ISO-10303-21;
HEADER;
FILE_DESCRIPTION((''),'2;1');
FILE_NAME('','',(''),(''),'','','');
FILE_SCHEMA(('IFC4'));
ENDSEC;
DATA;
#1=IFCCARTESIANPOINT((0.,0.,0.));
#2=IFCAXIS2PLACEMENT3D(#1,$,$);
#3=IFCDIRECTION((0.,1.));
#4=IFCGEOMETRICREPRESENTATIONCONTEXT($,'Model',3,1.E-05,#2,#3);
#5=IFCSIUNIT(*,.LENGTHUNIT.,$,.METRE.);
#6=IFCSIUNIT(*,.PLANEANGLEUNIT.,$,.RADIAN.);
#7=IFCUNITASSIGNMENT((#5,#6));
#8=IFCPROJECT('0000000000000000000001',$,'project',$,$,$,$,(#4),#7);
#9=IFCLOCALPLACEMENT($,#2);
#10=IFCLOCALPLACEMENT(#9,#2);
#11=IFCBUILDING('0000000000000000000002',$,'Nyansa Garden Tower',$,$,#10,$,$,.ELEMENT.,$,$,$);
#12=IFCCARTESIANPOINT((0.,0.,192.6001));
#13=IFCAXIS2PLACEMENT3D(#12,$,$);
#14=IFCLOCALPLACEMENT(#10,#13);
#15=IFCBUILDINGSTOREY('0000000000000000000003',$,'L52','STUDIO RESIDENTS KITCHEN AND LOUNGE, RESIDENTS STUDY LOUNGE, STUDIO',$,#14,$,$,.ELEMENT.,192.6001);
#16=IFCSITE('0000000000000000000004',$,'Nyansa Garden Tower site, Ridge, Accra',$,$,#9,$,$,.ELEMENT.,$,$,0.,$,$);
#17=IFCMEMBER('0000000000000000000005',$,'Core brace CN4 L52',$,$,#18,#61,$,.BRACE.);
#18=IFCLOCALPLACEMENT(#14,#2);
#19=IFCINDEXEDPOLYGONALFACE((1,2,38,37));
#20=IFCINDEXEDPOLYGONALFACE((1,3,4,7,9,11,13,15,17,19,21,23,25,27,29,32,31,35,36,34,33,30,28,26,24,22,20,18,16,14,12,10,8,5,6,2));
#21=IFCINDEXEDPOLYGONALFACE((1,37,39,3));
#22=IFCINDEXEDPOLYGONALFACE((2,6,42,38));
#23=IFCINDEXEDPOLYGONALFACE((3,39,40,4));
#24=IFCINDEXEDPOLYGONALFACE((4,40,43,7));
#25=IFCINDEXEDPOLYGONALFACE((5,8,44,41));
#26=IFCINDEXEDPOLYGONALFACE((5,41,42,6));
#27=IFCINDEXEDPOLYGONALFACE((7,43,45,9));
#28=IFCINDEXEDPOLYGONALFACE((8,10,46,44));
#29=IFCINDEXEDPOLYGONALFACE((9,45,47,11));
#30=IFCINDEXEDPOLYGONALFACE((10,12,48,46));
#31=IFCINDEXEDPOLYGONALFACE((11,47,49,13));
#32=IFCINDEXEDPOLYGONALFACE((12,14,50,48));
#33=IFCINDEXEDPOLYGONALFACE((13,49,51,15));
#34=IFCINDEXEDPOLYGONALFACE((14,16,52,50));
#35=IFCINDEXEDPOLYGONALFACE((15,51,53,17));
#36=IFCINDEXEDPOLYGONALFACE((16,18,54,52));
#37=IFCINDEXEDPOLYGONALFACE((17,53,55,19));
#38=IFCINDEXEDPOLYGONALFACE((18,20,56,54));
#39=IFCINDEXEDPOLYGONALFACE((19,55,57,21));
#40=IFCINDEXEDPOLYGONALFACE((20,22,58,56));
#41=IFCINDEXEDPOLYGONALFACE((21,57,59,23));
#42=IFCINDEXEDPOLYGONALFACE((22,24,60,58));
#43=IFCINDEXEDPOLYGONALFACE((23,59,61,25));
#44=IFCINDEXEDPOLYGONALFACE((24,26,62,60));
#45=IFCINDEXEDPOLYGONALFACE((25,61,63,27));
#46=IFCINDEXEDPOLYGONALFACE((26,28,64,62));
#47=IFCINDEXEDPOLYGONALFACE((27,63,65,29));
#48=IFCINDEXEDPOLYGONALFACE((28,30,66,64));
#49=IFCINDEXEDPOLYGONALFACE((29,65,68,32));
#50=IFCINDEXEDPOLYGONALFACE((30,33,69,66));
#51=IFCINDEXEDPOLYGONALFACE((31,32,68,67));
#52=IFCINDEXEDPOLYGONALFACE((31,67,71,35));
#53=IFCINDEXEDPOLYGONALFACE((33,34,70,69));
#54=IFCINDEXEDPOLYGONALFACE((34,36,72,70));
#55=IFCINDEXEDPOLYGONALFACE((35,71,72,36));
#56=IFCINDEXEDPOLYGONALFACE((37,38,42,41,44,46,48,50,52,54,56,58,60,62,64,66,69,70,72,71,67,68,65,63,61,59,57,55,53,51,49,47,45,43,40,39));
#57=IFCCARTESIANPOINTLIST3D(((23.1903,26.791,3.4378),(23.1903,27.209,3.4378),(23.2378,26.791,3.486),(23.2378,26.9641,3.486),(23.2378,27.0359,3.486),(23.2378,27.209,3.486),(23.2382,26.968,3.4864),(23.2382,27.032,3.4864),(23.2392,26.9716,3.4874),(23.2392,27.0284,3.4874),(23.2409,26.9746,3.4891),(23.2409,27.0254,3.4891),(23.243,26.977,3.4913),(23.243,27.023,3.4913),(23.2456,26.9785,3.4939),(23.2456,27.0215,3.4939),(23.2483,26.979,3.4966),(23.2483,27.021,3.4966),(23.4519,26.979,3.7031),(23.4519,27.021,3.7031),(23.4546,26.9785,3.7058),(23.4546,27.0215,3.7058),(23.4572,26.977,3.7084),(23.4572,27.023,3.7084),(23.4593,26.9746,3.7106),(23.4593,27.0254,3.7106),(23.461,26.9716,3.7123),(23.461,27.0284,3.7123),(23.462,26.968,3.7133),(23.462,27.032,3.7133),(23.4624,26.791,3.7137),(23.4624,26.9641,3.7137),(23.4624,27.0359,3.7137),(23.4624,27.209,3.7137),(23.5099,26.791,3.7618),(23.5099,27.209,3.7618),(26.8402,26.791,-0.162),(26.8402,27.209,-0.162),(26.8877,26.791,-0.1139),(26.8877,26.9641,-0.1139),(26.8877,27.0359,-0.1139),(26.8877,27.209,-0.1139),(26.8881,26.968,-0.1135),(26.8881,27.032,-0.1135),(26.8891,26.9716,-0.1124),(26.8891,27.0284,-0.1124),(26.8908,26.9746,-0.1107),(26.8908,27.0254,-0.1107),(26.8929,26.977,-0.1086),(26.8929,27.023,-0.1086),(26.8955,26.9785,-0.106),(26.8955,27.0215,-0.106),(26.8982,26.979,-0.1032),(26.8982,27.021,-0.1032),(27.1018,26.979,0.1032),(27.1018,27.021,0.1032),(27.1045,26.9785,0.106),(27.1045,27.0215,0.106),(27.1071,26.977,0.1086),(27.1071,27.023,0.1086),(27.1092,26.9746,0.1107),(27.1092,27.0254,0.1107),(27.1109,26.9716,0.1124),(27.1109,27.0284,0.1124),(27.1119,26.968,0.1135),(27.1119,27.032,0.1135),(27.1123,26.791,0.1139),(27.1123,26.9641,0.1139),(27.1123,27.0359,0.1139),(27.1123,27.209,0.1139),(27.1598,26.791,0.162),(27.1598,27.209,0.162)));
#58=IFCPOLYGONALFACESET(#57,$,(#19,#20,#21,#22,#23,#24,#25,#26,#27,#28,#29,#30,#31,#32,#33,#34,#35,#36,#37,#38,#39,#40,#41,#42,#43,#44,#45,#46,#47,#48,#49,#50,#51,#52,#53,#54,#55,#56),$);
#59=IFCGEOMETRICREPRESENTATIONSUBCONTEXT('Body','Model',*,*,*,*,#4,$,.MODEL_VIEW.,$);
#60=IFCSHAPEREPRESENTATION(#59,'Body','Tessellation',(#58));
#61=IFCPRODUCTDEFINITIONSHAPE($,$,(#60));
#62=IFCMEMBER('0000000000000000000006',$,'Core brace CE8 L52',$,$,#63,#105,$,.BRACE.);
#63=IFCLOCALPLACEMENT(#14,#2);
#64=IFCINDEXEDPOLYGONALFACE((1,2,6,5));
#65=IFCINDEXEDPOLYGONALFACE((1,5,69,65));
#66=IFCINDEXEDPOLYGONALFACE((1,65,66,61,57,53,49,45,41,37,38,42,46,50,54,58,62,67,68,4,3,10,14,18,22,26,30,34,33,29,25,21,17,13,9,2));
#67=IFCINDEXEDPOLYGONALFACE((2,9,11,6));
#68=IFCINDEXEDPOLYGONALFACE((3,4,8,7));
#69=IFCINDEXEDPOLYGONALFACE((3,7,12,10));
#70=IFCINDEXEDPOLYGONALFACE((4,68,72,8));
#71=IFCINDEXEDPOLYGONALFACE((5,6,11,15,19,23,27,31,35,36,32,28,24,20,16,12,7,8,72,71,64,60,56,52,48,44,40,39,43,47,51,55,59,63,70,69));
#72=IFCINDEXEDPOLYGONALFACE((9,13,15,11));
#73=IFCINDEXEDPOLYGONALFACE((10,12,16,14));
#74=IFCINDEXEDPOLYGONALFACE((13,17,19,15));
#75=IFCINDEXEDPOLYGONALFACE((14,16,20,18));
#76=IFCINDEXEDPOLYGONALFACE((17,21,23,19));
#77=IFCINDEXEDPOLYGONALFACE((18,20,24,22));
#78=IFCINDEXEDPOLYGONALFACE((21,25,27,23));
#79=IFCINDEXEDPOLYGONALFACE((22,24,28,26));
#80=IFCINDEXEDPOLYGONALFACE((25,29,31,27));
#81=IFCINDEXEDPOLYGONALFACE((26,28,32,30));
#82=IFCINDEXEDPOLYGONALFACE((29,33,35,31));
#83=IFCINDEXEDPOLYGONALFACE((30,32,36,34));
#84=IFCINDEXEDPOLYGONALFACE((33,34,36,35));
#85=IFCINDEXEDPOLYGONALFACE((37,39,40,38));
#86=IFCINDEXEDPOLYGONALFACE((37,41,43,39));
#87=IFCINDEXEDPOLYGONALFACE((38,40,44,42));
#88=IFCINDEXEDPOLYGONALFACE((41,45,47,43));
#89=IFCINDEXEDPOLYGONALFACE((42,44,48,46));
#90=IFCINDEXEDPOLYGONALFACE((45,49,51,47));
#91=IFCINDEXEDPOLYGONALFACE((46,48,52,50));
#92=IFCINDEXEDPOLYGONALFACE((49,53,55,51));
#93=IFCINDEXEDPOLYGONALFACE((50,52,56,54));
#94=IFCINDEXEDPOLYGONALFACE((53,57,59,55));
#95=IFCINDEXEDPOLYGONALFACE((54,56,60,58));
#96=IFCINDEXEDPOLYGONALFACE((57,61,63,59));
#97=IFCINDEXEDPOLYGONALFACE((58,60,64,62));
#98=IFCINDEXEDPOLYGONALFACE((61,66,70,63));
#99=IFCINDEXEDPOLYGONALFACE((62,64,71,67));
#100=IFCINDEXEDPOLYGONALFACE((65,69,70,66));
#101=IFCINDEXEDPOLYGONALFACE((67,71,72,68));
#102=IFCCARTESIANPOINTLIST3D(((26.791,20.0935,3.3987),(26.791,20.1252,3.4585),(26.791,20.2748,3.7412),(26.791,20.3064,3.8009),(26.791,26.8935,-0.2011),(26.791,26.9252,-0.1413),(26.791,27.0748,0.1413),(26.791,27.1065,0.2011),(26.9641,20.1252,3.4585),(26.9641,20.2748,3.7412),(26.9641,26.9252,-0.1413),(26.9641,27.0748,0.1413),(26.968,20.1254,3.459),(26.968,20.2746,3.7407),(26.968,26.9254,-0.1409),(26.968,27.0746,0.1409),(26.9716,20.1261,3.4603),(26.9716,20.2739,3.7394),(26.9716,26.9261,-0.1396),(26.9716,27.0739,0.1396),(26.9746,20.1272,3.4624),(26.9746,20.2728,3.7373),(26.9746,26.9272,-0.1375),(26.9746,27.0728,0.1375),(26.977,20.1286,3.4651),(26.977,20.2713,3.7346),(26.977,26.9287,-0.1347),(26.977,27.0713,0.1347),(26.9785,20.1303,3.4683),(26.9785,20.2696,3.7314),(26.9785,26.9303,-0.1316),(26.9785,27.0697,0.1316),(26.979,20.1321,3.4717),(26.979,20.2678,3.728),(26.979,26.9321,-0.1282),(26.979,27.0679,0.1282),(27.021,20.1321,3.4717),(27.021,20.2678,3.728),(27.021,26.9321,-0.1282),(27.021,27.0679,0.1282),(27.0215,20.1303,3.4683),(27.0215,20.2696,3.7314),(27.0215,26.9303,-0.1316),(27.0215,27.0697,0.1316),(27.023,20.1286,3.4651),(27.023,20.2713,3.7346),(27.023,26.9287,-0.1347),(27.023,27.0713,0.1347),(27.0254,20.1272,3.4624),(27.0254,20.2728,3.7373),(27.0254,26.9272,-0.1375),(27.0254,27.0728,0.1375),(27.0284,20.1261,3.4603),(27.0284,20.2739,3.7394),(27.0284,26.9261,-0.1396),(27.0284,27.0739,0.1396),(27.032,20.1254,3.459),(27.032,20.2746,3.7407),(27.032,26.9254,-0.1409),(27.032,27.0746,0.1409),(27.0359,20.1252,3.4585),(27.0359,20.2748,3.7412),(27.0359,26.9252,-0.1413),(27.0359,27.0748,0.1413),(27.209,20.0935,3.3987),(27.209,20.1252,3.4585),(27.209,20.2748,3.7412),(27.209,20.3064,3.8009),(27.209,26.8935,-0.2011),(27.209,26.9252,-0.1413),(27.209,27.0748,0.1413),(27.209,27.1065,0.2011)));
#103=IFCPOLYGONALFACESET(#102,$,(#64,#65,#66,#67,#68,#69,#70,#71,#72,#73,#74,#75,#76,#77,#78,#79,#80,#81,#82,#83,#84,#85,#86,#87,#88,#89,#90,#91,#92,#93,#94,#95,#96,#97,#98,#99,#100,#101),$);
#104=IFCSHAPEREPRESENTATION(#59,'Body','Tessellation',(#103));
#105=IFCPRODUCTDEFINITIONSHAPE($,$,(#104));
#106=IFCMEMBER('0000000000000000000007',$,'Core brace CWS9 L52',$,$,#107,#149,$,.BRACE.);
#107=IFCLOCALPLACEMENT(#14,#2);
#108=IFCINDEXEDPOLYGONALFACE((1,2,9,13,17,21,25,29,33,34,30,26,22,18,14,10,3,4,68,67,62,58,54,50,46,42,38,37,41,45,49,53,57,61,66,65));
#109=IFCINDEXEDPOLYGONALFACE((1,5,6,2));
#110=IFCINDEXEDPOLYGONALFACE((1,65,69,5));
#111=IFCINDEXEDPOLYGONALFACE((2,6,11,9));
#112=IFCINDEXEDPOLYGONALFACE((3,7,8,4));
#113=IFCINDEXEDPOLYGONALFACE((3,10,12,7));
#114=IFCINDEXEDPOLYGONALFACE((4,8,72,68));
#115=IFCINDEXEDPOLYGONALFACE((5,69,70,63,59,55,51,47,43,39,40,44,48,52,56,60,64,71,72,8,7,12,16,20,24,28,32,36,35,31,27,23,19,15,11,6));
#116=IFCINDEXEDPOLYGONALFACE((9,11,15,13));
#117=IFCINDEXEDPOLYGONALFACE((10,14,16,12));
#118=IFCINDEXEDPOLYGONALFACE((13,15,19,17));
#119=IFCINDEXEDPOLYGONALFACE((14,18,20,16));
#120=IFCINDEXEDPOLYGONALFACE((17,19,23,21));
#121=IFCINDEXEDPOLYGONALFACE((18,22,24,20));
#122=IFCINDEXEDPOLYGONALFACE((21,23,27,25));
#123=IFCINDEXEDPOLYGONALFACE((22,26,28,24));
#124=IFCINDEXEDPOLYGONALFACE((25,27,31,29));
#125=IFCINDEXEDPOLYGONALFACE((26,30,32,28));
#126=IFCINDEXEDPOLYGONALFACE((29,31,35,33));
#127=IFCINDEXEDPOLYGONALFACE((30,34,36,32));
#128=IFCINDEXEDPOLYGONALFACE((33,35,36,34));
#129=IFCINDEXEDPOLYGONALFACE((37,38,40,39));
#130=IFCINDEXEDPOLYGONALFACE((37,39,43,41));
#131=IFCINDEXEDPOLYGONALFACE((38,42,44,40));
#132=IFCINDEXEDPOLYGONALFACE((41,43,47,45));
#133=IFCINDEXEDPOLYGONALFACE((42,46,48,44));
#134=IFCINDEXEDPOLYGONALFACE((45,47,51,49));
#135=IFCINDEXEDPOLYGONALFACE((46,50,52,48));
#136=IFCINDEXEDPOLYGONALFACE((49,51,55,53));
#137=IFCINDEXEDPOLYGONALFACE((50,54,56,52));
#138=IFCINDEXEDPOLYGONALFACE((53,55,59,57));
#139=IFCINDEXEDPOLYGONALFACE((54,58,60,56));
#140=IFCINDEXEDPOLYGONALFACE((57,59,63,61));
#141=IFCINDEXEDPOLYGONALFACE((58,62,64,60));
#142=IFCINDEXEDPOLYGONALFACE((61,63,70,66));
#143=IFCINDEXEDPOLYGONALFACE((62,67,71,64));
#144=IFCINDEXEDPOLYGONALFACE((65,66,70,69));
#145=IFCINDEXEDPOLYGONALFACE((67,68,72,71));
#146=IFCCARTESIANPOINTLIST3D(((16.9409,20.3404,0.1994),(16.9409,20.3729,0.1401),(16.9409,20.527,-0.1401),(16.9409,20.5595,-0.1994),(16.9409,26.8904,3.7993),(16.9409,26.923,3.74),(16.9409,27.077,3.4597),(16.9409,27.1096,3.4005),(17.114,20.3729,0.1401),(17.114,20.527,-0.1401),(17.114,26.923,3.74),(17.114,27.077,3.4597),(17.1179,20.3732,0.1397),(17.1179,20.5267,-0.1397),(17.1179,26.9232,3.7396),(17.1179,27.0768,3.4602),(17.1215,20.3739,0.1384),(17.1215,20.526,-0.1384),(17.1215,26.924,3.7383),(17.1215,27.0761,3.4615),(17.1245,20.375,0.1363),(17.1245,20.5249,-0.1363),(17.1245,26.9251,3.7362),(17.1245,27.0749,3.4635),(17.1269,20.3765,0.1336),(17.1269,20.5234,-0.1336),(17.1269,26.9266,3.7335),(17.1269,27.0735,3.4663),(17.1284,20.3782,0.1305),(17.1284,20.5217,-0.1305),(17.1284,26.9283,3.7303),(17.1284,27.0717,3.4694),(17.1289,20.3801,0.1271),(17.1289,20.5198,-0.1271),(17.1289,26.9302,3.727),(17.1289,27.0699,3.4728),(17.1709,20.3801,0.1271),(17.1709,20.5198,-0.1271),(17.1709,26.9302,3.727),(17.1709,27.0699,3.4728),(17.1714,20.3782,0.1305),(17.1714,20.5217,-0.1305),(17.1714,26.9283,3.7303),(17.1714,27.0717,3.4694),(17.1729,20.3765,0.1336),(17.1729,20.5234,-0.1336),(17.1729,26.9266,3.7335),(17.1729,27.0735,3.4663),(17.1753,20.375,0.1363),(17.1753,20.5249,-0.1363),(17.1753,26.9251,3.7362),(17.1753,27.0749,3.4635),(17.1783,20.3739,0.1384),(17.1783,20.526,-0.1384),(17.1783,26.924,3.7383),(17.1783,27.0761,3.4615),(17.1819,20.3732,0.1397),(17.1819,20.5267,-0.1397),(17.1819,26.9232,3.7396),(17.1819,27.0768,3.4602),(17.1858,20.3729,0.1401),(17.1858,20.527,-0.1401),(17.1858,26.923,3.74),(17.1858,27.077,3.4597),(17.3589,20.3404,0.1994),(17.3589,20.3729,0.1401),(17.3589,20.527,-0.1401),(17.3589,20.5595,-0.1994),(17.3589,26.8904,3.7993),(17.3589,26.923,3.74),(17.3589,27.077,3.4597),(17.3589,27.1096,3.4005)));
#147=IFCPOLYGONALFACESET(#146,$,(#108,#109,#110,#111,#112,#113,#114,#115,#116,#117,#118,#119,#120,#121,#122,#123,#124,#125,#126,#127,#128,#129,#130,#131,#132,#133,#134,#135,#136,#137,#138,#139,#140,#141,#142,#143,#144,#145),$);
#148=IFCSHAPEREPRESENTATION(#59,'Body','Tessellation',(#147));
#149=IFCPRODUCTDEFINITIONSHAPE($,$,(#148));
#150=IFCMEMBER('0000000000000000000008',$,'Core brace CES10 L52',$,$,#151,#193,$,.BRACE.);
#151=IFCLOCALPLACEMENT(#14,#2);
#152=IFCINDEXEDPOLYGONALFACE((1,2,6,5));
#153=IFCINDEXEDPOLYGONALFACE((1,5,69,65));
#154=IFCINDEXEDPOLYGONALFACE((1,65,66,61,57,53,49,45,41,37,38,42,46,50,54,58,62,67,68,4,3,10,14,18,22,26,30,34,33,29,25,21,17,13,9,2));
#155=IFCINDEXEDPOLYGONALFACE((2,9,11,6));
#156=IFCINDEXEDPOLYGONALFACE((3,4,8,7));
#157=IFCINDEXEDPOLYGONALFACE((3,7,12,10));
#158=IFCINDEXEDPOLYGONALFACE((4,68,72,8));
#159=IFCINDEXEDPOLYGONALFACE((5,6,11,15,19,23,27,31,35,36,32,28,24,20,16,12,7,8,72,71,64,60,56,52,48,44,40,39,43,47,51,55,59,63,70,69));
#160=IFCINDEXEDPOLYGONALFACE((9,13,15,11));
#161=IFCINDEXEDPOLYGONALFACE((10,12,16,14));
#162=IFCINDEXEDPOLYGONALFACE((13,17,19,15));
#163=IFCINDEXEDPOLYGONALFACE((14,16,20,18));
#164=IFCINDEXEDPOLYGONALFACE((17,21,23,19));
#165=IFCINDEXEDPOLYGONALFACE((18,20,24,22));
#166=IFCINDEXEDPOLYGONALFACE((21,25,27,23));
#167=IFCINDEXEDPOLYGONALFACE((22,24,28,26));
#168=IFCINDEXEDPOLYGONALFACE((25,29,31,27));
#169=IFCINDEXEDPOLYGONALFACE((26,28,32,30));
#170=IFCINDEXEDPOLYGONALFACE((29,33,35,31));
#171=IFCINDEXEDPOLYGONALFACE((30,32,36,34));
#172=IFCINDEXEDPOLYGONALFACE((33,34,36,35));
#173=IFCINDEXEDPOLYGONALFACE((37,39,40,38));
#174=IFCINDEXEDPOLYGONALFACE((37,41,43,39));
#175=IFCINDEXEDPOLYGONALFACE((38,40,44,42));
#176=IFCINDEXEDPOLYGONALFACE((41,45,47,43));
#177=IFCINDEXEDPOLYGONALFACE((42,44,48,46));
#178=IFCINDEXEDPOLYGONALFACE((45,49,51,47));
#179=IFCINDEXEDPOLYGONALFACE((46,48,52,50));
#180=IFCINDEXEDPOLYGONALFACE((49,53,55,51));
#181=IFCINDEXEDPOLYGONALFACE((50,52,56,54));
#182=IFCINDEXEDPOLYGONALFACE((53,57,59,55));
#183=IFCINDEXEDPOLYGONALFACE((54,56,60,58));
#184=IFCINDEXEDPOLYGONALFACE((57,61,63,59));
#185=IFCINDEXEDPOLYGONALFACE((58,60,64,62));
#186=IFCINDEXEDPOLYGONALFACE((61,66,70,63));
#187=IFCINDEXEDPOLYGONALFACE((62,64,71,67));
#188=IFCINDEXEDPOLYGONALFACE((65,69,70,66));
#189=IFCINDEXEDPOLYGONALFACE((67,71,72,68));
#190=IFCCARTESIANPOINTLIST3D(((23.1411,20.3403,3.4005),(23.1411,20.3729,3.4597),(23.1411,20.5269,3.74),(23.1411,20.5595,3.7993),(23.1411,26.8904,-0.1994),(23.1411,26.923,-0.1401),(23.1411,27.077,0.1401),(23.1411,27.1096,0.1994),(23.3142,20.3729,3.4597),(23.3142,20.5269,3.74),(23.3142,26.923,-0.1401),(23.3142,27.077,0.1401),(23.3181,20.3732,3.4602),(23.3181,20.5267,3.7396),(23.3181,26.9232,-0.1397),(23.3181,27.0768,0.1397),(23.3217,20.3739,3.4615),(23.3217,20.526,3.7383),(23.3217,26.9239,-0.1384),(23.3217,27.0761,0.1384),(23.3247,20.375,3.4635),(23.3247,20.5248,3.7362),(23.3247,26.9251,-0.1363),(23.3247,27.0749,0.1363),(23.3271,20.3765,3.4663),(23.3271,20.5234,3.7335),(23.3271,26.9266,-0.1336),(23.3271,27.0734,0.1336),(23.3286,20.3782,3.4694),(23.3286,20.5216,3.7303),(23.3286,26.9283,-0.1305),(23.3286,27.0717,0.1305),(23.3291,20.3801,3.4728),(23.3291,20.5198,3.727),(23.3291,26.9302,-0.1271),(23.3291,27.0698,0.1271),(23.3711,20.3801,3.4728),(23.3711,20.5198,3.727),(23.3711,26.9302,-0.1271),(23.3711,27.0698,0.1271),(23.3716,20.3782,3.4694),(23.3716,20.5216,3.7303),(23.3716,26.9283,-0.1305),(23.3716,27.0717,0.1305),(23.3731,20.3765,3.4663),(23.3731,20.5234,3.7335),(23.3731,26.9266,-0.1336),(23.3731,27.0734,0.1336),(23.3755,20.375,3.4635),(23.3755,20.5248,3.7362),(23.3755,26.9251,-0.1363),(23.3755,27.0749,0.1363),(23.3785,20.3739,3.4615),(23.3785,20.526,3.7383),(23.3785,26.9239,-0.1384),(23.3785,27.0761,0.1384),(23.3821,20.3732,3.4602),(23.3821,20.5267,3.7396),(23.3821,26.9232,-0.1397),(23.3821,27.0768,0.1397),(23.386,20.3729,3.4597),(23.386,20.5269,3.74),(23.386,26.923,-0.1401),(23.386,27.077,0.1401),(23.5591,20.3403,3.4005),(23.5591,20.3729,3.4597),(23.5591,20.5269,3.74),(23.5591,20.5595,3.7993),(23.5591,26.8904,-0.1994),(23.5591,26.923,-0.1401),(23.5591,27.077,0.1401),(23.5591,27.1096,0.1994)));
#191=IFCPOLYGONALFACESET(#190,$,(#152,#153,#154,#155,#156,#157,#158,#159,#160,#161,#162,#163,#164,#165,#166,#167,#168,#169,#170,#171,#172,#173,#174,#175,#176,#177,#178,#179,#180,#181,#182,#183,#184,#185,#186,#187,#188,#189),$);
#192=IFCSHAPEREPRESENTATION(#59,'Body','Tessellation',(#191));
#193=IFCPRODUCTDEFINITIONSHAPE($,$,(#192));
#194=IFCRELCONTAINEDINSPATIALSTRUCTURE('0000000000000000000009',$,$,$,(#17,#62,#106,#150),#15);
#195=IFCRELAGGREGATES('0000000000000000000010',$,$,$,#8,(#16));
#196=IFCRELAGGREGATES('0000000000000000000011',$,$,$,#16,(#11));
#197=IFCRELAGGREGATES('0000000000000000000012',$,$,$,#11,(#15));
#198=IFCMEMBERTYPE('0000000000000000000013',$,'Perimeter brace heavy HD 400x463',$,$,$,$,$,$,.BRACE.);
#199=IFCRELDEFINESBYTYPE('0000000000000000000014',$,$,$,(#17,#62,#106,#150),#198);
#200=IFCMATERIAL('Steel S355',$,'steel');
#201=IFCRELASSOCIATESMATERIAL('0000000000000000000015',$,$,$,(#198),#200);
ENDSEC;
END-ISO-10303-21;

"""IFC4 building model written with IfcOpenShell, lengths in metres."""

from ifc_helpers import new_model, si_unit, direction, frame, origin, origin_2d, place, context, subcontext, project, spatial, i_section, extrude, material, material_profile, profile_set, type_object, element, save


model = new_model("IFC4")

# Units and contexts
model_context = context("Model", 3, precision=1e-05, world=origin(), true_north=direction((0.0, 1.0)))
body_context = subcontext(model_context, "Body", "Model", "MODEL_VIEW")
ifc_project = project(units=[si_unit("LENGTHUNIT", "METRE"), si_unit("PLANEANGLEUNIT", "RADIAN")], contexts=[model_context])

# Site, building, storey
site_placement = place(None, origin())
site = spatial("IfcSite", under=ifc_project, at=site_placement, Name="Nyansa Garden Tower site, Ridge, Accra", CompositionType="ELEMENT", RefElevation=0.0)
building_placement = place(site_placement, origin())
building = spatial("IfcBuilding", under=site, at=building_placement, Name="Nyansa Garden Tower", CompositionType="ELEMENT")
storey_placement = place(building_placement, frame((0.0, 0.0, 192.6001)))
storey = spatial("IfcBuildingStorey", under=building, at=storey_placement, Name="L52", Description="STUDIO RESIDENTS KITCHEN AND LOUNGE, RESIDENTS STUDY LOUNGE, STUDIO", CompositionType="ELEMENT", Elevation=192.6001)

# Members
ifc_material_1 = material(Name="Steel S355", Category="steel")
ifc_material_profile = material_profile(ifc_material_1, i_section(OverallWidth=0.418, OverallDepth=0.4551, WebThickness=0.042, FlangeThickness=0.0676, FilletRadius=0.0149, at=origin_2d()), Name="HD 400x463")
ifc_profile_set = profile_set([ifc_material_profile], Name="Steel S355")
member_type = type_object("IfcMemberType", Name="Perimeter brace heavy HD 400x463", PredefinedType="BRACE", material=ifc_profile_set)
member_1_placement = place(storey_placement, frame((27.0, 27.0, 0.0), z_axis=(-0.711971, 0.0, 0.702209), x_axis=(0.0, -1.0, 0.0)))
element("IfcMember", 1, at=member_1_placement, inside=storey, type_object=member_type, Name="Core brace CN4 L52", PredefinedType="BRACE", context=body_context, shape_type="SweptSolid", body=[
    extrude(i_section(OverallWidth=0.418, OverallDepth=0.4551, WebThickness=0.042, FlangeThickness=0.0676, FilletRadius=0.0149, at=origin_2d()), origin(), (0.0, 0.0, 1.0), 5.1265),
])
member_2_placement = place(storey_placement, frame((27.0, 27.0, 0.0), z_axis=(0.0, -0.883797, 0.46787), x_axis=(1.0, 0.0, 0.0)))
element("IfcMember", 2, at=member_2_placement, inside=storey, type_object=member_type, Name="Core brace CE8 L52", PredefinedType="BRACE", context=body_context, shape_type="SweptSolid", body=[
    extrude(i_section(OverallWidth=0.418, OverallDepth=0.4551, WebThickness=0.042, FlangeThickness=0.0676, FilletRadius=0.0149, at=origin_2d()), origin(), (0.0, 0.0, 1.0), 7.6941),
])
for number, where, z_axis, x_axis, name in (
    (3, (17.1499, 20.45, 0.0), (0.0, 0.876367, 0.481644), (-1.0, 0.0, 0.0), "Core brace CWS9 L52"),
    (4, (23.3501, 27.0, 0.0), (0.0, -0.876367, 0.481644), (1.0, 0.0, 0.0), "Core brace CES10 L52"),
):
    element("IfcMember", number, at=place(storey_placement, frame(where, z_axis=z_axis, x_axis=x_axis)), inside=storey, type_object=member_type, Name=name, PredefinedType="BRACE", context=body_context, shape_type="SweptSolid", body=[
        extrude(i_section(OverallWidth=0.418, OverallDepth=0.4551, WebThickness=0.042, FlangeThickness=0.0676, FilletRadius=0.0149, at=origin_2d()), origin(), (0.0, 0.0, 1.0), 7.4741),
    ])

save(model, "model.ifc")
